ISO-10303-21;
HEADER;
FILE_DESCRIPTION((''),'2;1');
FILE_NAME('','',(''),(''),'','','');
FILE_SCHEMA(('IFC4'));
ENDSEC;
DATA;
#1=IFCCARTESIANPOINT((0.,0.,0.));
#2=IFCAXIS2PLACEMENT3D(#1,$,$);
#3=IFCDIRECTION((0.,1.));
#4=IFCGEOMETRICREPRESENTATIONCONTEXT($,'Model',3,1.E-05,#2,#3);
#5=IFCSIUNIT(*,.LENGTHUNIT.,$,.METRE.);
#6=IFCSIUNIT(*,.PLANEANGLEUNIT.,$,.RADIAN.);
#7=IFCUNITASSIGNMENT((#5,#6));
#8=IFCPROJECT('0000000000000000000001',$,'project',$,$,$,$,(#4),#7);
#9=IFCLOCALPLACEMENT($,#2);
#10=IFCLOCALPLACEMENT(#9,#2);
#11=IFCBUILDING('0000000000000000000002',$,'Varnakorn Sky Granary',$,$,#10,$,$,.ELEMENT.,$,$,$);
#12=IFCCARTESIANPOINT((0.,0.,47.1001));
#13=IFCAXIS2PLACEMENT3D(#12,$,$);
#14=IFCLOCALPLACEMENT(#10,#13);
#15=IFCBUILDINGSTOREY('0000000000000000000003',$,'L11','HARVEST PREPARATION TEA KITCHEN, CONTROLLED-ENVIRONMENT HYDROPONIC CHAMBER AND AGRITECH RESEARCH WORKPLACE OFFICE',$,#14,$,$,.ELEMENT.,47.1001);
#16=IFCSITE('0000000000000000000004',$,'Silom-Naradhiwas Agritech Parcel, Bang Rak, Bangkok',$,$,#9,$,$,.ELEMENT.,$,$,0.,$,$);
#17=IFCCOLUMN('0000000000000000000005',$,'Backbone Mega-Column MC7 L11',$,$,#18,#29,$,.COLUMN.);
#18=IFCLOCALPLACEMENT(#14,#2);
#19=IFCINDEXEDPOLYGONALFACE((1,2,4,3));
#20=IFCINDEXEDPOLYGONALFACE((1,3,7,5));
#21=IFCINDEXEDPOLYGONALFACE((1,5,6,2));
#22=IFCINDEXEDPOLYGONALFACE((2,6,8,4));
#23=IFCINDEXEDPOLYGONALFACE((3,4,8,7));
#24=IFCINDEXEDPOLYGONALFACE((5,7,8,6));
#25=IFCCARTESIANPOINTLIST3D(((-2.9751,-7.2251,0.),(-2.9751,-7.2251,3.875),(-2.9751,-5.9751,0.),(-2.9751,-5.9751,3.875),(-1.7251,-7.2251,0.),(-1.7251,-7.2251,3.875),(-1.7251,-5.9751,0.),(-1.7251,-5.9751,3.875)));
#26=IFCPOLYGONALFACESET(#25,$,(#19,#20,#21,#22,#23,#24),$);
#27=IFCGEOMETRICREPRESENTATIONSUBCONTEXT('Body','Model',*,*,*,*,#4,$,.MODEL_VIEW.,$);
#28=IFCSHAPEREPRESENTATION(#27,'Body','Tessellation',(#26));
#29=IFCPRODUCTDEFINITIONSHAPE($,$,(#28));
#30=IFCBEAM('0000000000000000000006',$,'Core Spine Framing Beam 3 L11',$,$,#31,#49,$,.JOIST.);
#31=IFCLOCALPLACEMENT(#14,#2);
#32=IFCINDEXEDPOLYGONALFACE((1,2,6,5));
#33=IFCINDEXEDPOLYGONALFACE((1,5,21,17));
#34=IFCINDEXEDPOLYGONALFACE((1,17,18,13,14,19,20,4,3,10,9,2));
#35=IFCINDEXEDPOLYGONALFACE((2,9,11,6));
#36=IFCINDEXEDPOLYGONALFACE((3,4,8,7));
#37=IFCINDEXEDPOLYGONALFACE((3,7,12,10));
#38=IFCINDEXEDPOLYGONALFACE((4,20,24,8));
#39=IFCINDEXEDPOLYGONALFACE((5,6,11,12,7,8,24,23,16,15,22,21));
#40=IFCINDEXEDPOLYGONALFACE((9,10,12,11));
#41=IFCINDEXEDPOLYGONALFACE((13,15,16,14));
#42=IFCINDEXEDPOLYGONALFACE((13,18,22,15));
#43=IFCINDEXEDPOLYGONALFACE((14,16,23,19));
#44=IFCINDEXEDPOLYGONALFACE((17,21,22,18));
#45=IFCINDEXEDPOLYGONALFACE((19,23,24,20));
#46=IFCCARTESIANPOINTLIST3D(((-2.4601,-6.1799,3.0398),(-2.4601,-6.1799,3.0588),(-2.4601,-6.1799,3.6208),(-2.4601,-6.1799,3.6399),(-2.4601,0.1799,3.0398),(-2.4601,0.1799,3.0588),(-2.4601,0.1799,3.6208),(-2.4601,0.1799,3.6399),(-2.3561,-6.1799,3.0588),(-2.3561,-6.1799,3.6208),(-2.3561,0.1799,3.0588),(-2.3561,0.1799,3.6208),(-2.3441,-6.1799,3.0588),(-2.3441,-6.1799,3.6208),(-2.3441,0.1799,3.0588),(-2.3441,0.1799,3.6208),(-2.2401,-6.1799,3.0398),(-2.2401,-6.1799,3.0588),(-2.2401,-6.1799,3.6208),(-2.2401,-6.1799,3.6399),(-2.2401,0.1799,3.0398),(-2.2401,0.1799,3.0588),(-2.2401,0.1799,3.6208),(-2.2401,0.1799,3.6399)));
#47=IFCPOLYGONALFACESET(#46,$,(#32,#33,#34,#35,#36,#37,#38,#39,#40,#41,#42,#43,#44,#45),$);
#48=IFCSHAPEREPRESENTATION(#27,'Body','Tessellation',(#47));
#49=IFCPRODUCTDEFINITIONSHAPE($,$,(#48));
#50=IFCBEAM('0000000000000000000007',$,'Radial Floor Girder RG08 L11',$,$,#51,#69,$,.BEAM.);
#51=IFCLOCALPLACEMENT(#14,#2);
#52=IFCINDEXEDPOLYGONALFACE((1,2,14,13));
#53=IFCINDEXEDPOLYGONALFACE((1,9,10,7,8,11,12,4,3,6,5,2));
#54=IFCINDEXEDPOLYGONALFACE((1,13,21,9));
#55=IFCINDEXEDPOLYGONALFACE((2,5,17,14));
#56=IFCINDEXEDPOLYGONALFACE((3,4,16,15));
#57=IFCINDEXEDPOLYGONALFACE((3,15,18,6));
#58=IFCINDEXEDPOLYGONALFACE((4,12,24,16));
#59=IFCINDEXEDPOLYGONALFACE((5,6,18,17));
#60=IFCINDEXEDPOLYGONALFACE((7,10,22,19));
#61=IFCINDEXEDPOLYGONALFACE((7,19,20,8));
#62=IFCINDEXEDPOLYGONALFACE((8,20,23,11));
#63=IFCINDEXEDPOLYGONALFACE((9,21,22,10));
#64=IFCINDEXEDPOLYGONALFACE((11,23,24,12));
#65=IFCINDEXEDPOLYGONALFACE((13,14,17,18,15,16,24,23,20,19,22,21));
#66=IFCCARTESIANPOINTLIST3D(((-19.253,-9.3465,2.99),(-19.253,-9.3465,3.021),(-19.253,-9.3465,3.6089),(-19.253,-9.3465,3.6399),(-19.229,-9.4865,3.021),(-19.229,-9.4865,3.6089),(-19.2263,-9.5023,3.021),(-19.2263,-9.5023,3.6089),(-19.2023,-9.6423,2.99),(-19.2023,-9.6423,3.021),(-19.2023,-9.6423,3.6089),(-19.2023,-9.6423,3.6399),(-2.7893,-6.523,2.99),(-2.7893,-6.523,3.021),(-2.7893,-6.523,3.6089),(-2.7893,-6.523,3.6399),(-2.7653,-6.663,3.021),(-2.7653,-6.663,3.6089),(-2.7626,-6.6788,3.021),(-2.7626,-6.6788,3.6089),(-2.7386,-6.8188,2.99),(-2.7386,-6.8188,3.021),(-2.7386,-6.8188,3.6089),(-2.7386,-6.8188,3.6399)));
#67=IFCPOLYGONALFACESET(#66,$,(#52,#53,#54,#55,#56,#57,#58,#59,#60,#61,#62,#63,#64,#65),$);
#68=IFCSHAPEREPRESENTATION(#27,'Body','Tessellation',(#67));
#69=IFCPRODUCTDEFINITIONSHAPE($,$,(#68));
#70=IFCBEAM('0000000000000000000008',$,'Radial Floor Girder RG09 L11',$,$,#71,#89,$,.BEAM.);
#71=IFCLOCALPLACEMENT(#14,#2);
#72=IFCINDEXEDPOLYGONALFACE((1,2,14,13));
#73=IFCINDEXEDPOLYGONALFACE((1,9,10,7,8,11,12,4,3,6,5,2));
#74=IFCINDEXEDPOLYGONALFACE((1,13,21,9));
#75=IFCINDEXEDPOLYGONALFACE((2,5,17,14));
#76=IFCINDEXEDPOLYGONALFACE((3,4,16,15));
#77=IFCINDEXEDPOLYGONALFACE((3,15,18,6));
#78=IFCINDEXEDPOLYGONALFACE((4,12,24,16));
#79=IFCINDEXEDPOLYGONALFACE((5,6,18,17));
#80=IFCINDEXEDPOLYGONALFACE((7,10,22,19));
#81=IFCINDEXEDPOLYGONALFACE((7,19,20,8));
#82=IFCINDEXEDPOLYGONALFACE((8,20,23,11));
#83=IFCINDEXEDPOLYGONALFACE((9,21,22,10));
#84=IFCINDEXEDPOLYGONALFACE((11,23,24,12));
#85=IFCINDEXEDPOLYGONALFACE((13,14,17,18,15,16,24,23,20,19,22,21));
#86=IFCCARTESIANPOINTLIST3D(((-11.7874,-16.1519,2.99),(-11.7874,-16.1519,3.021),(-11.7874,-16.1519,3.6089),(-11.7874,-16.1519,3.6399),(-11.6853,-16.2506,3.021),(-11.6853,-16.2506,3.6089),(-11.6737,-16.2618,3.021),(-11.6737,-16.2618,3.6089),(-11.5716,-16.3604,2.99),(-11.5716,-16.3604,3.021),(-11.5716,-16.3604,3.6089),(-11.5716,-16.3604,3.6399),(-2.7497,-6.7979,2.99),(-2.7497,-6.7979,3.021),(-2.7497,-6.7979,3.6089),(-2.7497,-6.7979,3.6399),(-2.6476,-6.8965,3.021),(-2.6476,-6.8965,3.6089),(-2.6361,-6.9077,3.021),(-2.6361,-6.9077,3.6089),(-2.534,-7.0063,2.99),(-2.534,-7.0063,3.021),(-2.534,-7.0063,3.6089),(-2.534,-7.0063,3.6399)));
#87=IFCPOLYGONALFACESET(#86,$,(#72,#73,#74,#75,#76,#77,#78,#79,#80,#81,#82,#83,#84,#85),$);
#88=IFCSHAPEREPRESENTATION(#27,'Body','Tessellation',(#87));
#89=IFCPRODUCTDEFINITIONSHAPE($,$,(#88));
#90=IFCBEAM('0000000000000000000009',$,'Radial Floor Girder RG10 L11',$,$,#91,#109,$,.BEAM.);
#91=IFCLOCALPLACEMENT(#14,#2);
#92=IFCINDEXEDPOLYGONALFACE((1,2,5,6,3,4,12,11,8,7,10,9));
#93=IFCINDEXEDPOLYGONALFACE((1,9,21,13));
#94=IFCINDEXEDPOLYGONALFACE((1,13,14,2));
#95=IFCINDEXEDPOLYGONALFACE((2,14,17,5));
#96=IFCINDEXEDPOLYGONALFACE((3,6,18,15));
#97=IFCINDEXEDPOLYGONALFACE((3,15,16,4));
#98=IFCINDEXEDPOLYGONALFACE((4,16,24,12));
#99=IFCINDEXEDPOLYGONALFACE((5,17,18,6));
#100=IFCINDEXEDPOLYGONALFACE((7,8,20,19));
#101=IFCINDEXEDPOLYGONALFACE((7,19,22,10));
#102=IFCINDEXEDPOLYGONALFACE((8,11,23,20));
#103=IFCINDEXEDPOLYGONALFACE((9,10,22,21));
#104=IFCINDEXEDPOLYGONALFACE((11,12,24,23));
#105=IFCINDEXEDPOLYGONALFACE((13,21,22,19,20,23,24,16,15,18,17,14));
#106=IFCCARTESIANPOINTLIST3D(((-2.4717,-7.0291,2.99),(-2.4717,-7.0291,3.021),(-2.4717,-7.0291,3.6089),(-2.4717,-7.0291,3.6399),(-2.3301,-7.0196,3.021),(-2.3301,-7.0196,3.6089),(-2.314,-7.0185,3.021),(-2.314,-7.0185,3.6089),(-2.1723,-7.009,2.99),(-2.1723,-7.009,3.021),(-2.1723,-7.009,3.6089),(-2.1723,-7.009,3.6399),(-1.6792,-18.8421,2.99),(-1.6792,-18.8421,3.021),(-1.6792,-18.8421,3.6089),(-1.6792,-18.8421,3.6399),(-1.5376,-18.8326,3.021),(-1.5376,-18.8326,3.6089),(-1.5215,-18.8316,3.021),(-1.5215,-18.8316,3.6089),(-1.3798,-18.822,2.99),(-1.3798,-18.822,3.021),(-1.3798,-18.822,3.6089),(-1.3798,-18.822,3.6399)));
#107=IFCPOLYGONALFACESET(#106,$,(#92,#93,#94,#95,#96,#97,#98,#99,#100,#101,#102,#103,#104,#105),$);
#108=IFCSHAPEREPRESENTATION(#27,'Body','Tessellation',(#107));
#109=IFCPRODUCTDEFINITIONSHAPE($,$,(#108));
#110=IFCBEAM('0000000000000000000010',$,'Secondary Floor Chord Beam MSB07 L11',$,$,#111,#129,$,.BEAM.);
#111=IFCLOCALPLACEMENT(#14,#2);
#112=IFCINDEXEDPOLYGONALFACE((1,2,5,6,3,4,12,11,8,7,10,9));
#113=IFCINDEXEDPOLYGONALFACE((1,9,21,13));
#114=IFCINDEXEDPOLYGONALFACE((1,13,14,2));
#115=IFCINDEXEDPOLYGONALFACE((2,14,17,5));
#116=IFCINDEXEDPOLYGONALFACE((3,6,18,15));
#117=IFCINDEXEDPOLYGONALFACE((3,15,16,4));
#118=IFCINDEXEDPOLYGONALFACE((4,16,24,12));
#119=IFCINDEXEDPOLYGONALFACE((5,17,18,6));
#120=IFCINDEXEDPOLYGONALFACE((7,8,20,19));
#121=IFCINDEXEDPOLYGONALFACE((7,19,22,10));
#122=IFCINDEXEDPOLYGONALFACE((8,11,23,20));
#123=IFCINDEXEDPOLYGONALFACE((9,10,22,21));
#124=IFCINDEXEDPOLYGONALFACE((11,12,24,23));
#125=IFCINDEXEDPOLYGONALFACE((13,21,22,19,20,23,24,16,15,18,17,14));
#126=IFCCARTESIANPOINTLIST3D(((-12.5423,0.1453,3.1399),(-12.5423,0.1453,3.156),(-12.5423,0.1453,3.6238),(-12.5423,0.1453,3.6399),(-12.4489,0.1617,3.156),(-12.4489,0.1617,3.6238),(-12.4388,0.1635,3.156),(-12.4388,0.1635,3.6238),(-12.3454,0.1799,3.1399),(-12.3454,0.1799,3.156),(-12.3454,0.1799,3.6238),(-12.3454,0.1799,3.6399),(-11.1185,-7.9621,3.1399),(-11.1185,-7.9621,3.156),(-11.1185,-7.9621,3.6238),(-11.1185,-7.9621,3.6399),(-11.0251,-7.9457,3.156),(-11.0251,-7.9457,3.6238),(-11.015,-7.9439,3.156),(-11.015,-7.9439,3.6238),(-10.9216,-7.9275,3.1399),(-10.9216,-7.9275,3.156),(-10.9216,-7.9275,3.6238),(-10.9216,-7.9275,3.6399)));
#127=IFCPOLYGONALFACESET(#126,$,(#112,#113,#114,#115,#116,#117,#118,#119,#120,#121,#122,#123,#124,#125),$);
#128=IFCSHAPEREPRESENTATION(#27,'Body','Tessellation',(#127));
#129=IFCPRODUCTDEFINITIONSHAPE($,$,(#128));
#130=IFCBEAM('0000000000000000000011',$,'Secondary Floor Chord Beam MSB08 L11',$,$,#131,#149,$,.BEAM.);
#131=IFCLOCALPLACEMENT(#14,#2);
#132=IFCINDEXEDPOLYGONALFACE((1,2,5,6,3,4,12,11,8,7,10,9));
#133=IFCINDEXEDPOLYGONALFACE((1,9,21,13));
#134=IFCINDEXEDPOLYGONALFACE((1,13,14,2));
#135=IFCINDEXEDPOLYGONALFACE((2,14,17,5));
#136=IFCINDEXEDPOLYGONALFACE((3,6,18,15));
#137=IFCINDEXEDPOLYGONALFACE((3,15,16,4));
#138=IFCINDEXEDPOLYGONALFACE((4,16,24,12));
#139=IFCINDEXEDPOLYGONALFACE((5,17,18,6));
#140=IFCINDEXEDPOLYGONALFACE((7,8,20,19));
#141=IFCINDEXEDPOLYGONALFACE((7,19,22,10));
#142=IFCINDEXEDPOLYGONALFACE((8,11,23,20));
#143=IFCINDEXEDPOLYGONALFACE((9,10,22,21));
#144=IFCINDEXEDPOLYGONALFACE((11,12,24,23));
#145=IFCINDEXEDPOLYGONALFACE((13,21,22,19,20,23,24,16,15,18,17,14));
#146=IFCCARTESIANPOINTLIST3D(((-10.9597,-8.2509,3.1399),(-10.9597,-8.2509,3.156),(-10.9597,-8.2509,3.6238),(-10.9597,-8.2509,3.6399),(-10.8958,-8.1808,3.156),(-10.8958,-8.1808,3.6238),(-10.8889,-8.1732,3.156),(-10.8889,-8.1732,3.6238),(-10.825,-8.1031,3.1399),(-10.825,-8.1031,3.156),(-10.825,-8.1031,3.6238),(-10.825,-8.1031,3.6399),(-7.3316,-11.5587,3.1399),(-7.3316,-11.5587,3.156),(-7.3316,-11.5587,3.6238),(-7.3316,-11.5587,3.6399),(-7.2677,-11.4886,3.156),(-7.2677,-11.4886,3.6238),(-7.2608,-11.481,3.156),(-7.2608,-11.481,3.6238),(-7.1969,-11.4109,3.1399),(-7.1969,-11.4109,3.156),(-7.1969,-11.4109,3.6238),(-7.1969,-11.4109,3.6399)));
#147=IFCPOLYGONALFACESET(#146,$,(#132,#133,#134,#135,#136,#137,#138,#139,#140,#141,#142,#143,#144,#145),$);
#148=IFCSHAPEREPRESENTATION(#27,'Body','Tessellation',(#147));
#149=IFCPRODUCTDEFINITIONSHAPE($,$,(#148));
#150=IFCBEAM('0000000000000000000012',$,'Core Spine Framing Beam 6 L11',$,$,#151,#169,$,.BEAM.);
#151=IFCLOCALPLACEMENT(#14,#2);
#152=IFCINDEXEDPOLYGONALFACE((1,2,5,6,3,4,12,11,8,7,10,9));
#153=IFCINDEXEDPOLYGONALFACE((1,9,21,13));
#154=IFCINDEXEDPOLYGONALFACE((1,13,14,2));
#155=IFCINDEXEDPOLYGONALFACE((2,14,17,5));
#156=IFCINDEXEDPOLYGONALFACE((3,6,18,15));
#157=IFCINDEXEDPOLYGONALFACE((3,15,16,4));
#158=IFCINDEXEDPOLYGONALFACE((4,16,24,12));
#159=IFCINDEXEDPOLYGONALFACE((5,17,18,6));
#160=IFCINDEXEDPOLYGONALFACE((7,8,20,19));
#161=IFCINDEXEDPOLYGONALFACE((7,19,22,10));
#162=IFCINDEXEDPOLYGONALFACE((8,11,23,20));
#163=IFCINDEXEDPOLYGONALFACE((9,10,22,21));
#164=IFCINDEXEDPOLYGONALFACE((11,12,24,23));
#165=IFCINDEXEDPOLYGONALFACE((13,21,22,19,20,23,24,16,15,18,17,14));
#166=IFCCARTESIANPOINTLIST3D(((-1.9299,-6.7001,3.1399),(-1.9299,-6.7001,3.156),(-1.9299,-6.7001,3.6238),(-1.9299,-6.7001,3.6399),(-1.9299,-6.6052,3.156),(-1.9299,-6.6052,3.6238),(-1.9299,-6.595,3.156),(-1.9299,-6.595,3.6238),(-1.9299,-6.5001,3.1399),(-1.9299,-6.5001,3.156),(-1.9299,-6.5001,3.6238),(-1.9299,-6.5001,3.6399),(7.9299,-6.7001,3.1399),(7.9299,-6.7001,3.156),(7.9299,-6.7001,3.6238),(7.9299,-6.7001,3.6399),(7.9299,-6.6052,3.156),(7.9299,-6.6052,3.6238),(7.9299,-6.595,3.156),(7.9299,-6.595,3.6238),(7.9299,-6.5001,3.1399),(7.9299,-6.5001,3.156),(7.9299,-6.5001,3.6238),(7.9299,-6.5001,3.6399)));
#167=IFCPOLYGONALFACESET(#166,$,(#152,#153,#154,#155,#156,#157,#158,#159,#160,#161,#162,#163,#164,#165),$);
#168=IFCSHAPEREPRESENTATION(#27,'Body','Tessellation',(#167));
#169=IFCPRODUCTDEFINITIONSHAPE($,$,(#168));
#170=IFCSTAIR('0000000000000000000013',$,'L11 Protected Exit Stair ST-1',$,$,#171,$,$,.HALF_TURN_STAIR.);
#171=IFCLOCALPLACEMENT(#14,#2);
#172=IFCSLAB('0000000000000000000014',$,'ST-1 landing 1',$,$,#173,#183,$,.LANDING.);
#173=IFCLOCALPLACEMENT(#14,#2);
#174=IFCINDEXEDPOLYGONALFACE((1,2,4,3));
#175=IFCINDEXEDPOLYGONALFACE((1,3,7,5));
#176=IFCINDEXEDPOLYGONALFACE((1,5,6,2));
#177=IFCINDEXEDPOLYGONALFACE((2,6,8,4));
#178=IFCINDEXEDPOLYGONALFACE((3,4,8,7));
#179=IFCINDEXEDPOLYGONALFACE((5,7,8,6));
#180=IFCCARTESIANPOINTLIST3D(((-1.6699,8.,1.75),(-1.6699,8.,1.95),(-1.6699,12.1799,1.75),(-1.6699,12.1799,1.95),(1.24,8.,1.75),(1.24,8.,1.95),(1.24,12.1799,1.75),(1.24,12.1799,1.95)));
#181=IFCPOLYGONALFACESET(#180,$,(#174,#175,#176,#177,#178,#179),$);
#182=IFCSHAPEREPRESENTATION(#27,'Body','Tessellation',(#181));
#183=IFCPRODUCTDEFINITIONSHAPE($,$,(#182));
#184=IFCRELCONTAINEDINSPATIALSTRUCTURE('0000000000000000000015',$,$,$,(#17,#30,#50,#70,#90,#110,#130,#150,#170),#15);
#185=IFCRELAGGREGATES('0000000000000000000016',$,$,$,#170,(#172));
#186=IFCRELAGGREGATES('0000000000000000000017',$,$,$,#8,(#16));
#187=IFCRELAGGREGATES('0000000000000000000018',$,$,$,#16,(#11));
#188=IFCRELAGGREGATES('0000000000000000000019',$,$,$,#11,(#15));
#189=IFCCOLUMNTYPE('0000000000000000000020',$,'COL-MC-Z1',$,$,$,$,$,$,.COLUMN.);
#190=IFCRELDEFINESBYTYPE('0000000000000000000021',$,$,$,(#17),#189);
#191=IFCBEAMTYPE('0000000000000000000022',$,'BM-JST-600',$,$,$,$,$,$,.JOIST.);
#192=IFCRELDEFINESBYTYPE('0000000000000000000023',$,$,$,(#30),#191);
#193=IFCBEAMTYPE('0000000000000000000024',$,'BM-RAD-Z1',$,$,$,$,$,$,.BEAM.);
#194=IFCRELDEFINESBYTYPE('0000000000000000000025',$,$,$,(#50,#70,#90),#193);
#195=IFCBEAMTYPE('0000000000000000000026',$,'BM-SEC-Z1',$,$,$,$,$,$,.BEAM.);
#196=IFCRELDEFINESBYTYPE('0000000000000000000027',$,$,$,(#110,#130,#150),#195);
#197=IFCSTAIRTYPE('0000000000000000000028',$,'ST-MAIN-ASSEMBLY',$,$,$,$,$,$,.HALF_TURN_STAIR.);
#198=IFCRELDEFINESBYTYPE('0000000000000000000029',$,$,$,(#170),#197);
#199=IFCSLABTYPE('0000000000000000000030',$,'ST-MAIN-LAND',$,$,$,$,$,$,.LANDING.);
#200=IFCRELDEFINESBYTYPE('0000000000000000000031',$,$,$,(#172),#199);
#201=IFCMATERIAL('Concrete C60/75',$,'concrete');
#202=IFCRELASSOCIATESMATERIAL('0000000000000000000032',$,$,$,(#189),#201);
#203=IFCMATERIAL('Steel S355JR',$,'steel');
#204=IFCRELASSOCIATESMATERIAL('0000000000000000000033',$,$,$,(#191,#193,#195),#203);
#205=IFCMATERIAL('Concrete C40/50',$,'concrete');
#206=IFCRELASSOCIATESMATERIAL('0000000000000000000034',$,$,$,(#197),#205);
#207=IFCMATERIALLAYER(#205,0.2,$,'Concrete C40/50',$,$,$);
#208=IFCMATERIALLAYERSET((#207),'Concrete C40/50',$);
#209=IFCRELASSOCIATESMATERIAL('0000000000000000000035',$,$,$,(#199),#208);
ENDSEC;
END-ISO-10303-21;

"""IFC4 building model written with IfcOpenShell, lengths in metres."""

from ifc_helpers import new_model, si_unit, direction, frame, origin, origin_2d, place, context, subcontext, project, spatial, polyline, rectangle, i_section, outline, extrude, material, layer, layer_set, material_profile, profile_set, type_object, element, aggregate, save


model = new_model("IFC4")

# Units and contexts
model_context = context("Model", 3, precision=1e-05, world=origin(), true_north=direction((0.0, 1.0)))
body_context = subcontext(model_context, "Body", "Model", "MODEL_VIEW")
ifc_project = project(units=[si_unit("LENGTHUNIT", "METRE"), si_unit("PLANEANGLEUNIT", "RADIAN")], contexts=[model_context])

# Site, building, storey
site_placement = place(None, origin())
site = spatial("IfcSite", under=ifc_project, at=site_placement, Name="Silom-Naradhiwas Agritech Parcel, Bang Rak, Bangkok", CompositionType="ELEMENT", RefElevation=0.0)
building_placement = place(site_placement, origin())
building = spatial("IfcBuilding", under=site, at=building_placement, Name="Varnakorn Sky Granary", CompositionType="ELEMENT")
storey_placement = place(building_placement, frame((0.0, 0.0, 47.1001)))
storey = spatial("IfcBuildingStorey", under=building, at=storey_placement, Name="L11", Description="HARVEST PREPARATION TEA KITCHEN, CONTROLLED-ENVIRONMENT HYDROPONIC CHAMBER AND AGRITECH RESEARCH WORKPLACE OFFICE", CompositionType="ELEMENT", Elevation=47.1001)

# Column
ifc_material_1 = material(Name="Concrete C60/75", Category="concrete")
ifc_material_profile_1 = material_profile(ifc_material_1, rectangle(XDim=1.25, YDim=1.25, at=origin_2d()), Name="RC 1250x1250")
ifc_profile_set_1 = profile_set([ifc_material_profile_1], Name="Concrete C60/75")
column_type = type_object("IfcColumnType", Name="COL-MC-Z1", PredefinedType="COLUMN", material=ifc_profile_set_1)
column_placement = place(storey_placement, frame((-2.3501, -6.6001, 0.0), z_axis=(0.0, 0.0, 1.0), x_axis=(1.0, 0.0, 0.0)))
element("IfcColumn", 1, at=column_placement, inside=storey, type_object=column_type, Name="Backbone Mega-Column MC7 L11", PredefinedType="COLUMN", context=body_context, shape_type="SweptSolid", body=[
    extrude(rectangle(XDim=1.25, YDim=1.25, at=origin_2d()), origin(), (0.0, 0.0, 1.0), 3.875),
])

# Beams
ifc_material_2 = material(Name="Steel S355JR", Category="steel")
ifc_material_profile_2 = material_profile(ifc_material_2, i_section(OverallWidth=0.22, OverallDepth=0.6001, WebThickness=0.012, FlangeThickness=0.019, at=origin_2d()), Name="IPE 600")
ifc_profile_set_2 = profile_set([ifc_material_profile_2], Name="Steel S355JR")
beam_type_1 = type_object("IfcBeamType", Name="BM-JST-600", PredefinedType="JOIST", material=ifc_profile_set_2)
beam_1_placement = place(storey_placement, frame((-2.3501, 0.1799, 3.3398), z_axis=(0.0, -1.0, 0.0), x_axis=(1.0, 0.0, 0.0)))
element("IfcBeam", 2, at=beam_1_placement, inside=storey, type_object=beam_type_1, Name="Core Spine Framing Beam 3 L11", PredefinedType="JOIST", context=body_context, shape_type="SweptSolid", body=[
    extrude(i_section(OverallWidth=0.22, OverallDepth=0.6001, WebThickness=0.012, FlangeThickness=0.019, at=origin_2d()), origin(), (0.0, 0.0, 1.0), 6.3599),
])
ifc_material_profile_3 = material_profile(ifc_material_2, i_section(OverallWidth=0.3, OverallDepth=0.6499, WebThickness=0.0161, FlangeThickness=0.031, at=origin_2d()), Name="HE 650 B")
ifc_profile_set_3 = profile_set([ifc_material_profile_3], Name="Steel S355JR")
beam_type_2 = type_object("IfcBeamType", Name="BM-RAD-Z1", PredefinedType="BEAM", material=ifc_profile_set_3)
beam_2_placement = place(storey_placement, frame((-2.7639, -6.6709, 3.3149), z_axis=(-0.985611, -0.169031, 0.0), x_axis=(0.169031, -0.985611, 0.0)))
element("IfcBeam", 3, at=beam_2_placement, inside=storey, type_object=beam_type_2, Name="Radial Floor Girder RG08 L11", PredefinedType="BEAM", context=body_context, shape_type="SweptSolid", body=[
    extrude(i_section(OverallWidth=0.3, OverallDepth=0.6499, WebThickness=0.0161, FlangeThickness=0.031, at=origin_2d()), origin(), (0.0, 0.0, 1.0), 16.7041),
])
beam_3_placement = place(storey_placement, frame((-2.6418, -6.9021, 3.3149), z_axis=(-0.694839, -0.719165, 0.0), x_axis=(0.719165, -0.694839, 0.0)))
element("IfcBeam", 4, at=beam_3_placement, inside=storey, type_object=beam_type_2, Name="Radial Floor Girder RG09 L11", PredefinedType="BEAM", context=body_context, shape_type="SweptSolid", body=[
    extrude(i_section(OverallWidth=0.3, OverallDepth=0.6499, WebThickness=0.0161, FlangeThickness=0.031, at=origin_2d()), origin(), (0.0, 0.0, 1.0), 13.0068),
])
beam_4_placement = place(storey_placement, frame((-2.322, -7.019, 3.3149), z_axis=(0.066935, -0.997757, 0.0), x_axis=(0.997757, 0.066935, 0.0)))
element("IfcBeam", 5, at=beam_4_placement, inside=storey, type_object=beam_type_2, Name="Radial Floor Girder RG10 L11", PredefinedType="BEAM", context=body_context, shape_type="SweptSolid", body=[
    extrude(i_section(OverallWidth=0.3, OverallDepth=0.6499, WebThickness=0.0161, FlangeThickness=0.031, at=origin_2d()), origin(), (0.0, 0.0, 1.0), 11.8396),
])
ifc_material_profile_4 = material_profile(ifc_material_2, i_section(OverallWidth=0.2, OverallDepth=0.5, WebThickness=0.0103, FlangeThickness=0.0161, at=origin_2d()), Name="IPE 500")
ifc_profile_set_4 = profile_set([ifc_material_profile_4], Name="Steel S355JR")
beam_type_3 = type_object("IfcBeamType", Name="BM-SEC-Z1", PredefinedType="BEAM", material=ifc_profile_set_4)
beam_5_placement = place(storey_placement, frame((-12.4438, 0.1626, 3.3899), z_axis=(0.172973, -0.984927, 0.0), x_axis=(0.984927, 0.172973, 0.0)))
element("IfcBeam", 6, at=beam_5_placement, inside=storey, type_object=beam_type_3, Name="Secondary Floor Chord Beam MSB07 L11", PredefinedType="BEAM", context=body_context, shape_type="SweptSolid", body=[
    extrude(i_section(OverallWidth=0.2, OverallDepth=0.5, WebThickness=0.0103, FlangeThickness=0.0161, at=origin_2d()), origin(), (0.0, 0.0, 1.0), 8.2314),
])
beam_6_placement = place(storey_placement, frame((-10.8923, -8.177, 3.3899), z_axis=(0.738974, -0.673734, 0.0), x_axis=(0.673734, 0.738974, 0.0)))
element("IfcBeam", 7, at=beam_6_placement, inside=storey, type_object=beam_type_3, Name="Secondary Floor Chord Beam MSB08 L11", PredefinedType="BEAM", context=body_context, shape_type="SweptSolid", body=[
    extrude(i_section(OverallWidth=0.2, OverallDepth=0.5, WebThickness=0.0103, FlangeThickness=0.0161, at=origin_2d()), origin(), (0.0, 0.0, 1.0), 4.9097),
])
beam_7_placement = place(storey_placement, frame((-1.9299, -6.6001, 3.3899), z_axis=(1.0, 0.0, 0.0), x_axis=(0.0, 1.0, 0.0)))
element("IfcBeam", 8, at=beam_7_placement, inside=storey, type_object=beam_type_3, Name="Core Spine Framing Beam 6 L11", PredefinedType="BEAM", context=body_context, shape_type="SweptSolid", body=[
    extrude(i_section(OverallWidth=0.2, OverallDepth=0.5, WebThickness=0.0103, FlangeThickness=0.0161, at=origin_2d()), origin(), (0.0, 0.0, 1.0), 9.8599),
])

# Stair, slab
ifc_material_3 = material(Name="Concrete C40/50", Category="concrete")
stair_type = type_object("IfcStairType", Name="ST-MAIN-ASSEMBLY", PredefinedType="HALF_TURN_STAIR", material=ifc_material_3)
stair_1_placement = place(storey_placement, origin())
stair_1 = element("IfcStair", 9, at=stair_1_placement, inside=storey, type_object=stair_type, Name="L11 Protected Exit Stair ST-1", PredefinedType="HALF_TURN_STAIR")
ifc_layer_1 = layer(ifc_material_3, 0.2, Name="Concrete C40/50")
ifc_layer_set_1 = layer_set([ifc_layer_1], Name="Concrete C40/50")
slab_type_1 = type_object("IfcSlabType", Name="ST-MAIN-LAND", PredefinedType="LANDING", material=ifc_layer_set_1)
slab_1_placement = place(storey_placement, frame((0.0, 0.0, 1.75)))
slab_1 = element("IfcSlab", 10, at=slab_1_placement, type_object=slab_type_1, Name="ST-1 landing 1", PredefinedType="LANDING", context=body_context, shape_type="SweptSolid", body=[
    extrude(outline(polyline([(1.24, 8.0), (1.24, 12.1799), (-1.6699, 12.1799), (-1.6699, 8.0), (1.24, 8.0)])), origin(), (0.0, 0.0, 1.0), 0.2),
])
aggregate(stair_1, [slab_1])

save(model, "model.ifc")
